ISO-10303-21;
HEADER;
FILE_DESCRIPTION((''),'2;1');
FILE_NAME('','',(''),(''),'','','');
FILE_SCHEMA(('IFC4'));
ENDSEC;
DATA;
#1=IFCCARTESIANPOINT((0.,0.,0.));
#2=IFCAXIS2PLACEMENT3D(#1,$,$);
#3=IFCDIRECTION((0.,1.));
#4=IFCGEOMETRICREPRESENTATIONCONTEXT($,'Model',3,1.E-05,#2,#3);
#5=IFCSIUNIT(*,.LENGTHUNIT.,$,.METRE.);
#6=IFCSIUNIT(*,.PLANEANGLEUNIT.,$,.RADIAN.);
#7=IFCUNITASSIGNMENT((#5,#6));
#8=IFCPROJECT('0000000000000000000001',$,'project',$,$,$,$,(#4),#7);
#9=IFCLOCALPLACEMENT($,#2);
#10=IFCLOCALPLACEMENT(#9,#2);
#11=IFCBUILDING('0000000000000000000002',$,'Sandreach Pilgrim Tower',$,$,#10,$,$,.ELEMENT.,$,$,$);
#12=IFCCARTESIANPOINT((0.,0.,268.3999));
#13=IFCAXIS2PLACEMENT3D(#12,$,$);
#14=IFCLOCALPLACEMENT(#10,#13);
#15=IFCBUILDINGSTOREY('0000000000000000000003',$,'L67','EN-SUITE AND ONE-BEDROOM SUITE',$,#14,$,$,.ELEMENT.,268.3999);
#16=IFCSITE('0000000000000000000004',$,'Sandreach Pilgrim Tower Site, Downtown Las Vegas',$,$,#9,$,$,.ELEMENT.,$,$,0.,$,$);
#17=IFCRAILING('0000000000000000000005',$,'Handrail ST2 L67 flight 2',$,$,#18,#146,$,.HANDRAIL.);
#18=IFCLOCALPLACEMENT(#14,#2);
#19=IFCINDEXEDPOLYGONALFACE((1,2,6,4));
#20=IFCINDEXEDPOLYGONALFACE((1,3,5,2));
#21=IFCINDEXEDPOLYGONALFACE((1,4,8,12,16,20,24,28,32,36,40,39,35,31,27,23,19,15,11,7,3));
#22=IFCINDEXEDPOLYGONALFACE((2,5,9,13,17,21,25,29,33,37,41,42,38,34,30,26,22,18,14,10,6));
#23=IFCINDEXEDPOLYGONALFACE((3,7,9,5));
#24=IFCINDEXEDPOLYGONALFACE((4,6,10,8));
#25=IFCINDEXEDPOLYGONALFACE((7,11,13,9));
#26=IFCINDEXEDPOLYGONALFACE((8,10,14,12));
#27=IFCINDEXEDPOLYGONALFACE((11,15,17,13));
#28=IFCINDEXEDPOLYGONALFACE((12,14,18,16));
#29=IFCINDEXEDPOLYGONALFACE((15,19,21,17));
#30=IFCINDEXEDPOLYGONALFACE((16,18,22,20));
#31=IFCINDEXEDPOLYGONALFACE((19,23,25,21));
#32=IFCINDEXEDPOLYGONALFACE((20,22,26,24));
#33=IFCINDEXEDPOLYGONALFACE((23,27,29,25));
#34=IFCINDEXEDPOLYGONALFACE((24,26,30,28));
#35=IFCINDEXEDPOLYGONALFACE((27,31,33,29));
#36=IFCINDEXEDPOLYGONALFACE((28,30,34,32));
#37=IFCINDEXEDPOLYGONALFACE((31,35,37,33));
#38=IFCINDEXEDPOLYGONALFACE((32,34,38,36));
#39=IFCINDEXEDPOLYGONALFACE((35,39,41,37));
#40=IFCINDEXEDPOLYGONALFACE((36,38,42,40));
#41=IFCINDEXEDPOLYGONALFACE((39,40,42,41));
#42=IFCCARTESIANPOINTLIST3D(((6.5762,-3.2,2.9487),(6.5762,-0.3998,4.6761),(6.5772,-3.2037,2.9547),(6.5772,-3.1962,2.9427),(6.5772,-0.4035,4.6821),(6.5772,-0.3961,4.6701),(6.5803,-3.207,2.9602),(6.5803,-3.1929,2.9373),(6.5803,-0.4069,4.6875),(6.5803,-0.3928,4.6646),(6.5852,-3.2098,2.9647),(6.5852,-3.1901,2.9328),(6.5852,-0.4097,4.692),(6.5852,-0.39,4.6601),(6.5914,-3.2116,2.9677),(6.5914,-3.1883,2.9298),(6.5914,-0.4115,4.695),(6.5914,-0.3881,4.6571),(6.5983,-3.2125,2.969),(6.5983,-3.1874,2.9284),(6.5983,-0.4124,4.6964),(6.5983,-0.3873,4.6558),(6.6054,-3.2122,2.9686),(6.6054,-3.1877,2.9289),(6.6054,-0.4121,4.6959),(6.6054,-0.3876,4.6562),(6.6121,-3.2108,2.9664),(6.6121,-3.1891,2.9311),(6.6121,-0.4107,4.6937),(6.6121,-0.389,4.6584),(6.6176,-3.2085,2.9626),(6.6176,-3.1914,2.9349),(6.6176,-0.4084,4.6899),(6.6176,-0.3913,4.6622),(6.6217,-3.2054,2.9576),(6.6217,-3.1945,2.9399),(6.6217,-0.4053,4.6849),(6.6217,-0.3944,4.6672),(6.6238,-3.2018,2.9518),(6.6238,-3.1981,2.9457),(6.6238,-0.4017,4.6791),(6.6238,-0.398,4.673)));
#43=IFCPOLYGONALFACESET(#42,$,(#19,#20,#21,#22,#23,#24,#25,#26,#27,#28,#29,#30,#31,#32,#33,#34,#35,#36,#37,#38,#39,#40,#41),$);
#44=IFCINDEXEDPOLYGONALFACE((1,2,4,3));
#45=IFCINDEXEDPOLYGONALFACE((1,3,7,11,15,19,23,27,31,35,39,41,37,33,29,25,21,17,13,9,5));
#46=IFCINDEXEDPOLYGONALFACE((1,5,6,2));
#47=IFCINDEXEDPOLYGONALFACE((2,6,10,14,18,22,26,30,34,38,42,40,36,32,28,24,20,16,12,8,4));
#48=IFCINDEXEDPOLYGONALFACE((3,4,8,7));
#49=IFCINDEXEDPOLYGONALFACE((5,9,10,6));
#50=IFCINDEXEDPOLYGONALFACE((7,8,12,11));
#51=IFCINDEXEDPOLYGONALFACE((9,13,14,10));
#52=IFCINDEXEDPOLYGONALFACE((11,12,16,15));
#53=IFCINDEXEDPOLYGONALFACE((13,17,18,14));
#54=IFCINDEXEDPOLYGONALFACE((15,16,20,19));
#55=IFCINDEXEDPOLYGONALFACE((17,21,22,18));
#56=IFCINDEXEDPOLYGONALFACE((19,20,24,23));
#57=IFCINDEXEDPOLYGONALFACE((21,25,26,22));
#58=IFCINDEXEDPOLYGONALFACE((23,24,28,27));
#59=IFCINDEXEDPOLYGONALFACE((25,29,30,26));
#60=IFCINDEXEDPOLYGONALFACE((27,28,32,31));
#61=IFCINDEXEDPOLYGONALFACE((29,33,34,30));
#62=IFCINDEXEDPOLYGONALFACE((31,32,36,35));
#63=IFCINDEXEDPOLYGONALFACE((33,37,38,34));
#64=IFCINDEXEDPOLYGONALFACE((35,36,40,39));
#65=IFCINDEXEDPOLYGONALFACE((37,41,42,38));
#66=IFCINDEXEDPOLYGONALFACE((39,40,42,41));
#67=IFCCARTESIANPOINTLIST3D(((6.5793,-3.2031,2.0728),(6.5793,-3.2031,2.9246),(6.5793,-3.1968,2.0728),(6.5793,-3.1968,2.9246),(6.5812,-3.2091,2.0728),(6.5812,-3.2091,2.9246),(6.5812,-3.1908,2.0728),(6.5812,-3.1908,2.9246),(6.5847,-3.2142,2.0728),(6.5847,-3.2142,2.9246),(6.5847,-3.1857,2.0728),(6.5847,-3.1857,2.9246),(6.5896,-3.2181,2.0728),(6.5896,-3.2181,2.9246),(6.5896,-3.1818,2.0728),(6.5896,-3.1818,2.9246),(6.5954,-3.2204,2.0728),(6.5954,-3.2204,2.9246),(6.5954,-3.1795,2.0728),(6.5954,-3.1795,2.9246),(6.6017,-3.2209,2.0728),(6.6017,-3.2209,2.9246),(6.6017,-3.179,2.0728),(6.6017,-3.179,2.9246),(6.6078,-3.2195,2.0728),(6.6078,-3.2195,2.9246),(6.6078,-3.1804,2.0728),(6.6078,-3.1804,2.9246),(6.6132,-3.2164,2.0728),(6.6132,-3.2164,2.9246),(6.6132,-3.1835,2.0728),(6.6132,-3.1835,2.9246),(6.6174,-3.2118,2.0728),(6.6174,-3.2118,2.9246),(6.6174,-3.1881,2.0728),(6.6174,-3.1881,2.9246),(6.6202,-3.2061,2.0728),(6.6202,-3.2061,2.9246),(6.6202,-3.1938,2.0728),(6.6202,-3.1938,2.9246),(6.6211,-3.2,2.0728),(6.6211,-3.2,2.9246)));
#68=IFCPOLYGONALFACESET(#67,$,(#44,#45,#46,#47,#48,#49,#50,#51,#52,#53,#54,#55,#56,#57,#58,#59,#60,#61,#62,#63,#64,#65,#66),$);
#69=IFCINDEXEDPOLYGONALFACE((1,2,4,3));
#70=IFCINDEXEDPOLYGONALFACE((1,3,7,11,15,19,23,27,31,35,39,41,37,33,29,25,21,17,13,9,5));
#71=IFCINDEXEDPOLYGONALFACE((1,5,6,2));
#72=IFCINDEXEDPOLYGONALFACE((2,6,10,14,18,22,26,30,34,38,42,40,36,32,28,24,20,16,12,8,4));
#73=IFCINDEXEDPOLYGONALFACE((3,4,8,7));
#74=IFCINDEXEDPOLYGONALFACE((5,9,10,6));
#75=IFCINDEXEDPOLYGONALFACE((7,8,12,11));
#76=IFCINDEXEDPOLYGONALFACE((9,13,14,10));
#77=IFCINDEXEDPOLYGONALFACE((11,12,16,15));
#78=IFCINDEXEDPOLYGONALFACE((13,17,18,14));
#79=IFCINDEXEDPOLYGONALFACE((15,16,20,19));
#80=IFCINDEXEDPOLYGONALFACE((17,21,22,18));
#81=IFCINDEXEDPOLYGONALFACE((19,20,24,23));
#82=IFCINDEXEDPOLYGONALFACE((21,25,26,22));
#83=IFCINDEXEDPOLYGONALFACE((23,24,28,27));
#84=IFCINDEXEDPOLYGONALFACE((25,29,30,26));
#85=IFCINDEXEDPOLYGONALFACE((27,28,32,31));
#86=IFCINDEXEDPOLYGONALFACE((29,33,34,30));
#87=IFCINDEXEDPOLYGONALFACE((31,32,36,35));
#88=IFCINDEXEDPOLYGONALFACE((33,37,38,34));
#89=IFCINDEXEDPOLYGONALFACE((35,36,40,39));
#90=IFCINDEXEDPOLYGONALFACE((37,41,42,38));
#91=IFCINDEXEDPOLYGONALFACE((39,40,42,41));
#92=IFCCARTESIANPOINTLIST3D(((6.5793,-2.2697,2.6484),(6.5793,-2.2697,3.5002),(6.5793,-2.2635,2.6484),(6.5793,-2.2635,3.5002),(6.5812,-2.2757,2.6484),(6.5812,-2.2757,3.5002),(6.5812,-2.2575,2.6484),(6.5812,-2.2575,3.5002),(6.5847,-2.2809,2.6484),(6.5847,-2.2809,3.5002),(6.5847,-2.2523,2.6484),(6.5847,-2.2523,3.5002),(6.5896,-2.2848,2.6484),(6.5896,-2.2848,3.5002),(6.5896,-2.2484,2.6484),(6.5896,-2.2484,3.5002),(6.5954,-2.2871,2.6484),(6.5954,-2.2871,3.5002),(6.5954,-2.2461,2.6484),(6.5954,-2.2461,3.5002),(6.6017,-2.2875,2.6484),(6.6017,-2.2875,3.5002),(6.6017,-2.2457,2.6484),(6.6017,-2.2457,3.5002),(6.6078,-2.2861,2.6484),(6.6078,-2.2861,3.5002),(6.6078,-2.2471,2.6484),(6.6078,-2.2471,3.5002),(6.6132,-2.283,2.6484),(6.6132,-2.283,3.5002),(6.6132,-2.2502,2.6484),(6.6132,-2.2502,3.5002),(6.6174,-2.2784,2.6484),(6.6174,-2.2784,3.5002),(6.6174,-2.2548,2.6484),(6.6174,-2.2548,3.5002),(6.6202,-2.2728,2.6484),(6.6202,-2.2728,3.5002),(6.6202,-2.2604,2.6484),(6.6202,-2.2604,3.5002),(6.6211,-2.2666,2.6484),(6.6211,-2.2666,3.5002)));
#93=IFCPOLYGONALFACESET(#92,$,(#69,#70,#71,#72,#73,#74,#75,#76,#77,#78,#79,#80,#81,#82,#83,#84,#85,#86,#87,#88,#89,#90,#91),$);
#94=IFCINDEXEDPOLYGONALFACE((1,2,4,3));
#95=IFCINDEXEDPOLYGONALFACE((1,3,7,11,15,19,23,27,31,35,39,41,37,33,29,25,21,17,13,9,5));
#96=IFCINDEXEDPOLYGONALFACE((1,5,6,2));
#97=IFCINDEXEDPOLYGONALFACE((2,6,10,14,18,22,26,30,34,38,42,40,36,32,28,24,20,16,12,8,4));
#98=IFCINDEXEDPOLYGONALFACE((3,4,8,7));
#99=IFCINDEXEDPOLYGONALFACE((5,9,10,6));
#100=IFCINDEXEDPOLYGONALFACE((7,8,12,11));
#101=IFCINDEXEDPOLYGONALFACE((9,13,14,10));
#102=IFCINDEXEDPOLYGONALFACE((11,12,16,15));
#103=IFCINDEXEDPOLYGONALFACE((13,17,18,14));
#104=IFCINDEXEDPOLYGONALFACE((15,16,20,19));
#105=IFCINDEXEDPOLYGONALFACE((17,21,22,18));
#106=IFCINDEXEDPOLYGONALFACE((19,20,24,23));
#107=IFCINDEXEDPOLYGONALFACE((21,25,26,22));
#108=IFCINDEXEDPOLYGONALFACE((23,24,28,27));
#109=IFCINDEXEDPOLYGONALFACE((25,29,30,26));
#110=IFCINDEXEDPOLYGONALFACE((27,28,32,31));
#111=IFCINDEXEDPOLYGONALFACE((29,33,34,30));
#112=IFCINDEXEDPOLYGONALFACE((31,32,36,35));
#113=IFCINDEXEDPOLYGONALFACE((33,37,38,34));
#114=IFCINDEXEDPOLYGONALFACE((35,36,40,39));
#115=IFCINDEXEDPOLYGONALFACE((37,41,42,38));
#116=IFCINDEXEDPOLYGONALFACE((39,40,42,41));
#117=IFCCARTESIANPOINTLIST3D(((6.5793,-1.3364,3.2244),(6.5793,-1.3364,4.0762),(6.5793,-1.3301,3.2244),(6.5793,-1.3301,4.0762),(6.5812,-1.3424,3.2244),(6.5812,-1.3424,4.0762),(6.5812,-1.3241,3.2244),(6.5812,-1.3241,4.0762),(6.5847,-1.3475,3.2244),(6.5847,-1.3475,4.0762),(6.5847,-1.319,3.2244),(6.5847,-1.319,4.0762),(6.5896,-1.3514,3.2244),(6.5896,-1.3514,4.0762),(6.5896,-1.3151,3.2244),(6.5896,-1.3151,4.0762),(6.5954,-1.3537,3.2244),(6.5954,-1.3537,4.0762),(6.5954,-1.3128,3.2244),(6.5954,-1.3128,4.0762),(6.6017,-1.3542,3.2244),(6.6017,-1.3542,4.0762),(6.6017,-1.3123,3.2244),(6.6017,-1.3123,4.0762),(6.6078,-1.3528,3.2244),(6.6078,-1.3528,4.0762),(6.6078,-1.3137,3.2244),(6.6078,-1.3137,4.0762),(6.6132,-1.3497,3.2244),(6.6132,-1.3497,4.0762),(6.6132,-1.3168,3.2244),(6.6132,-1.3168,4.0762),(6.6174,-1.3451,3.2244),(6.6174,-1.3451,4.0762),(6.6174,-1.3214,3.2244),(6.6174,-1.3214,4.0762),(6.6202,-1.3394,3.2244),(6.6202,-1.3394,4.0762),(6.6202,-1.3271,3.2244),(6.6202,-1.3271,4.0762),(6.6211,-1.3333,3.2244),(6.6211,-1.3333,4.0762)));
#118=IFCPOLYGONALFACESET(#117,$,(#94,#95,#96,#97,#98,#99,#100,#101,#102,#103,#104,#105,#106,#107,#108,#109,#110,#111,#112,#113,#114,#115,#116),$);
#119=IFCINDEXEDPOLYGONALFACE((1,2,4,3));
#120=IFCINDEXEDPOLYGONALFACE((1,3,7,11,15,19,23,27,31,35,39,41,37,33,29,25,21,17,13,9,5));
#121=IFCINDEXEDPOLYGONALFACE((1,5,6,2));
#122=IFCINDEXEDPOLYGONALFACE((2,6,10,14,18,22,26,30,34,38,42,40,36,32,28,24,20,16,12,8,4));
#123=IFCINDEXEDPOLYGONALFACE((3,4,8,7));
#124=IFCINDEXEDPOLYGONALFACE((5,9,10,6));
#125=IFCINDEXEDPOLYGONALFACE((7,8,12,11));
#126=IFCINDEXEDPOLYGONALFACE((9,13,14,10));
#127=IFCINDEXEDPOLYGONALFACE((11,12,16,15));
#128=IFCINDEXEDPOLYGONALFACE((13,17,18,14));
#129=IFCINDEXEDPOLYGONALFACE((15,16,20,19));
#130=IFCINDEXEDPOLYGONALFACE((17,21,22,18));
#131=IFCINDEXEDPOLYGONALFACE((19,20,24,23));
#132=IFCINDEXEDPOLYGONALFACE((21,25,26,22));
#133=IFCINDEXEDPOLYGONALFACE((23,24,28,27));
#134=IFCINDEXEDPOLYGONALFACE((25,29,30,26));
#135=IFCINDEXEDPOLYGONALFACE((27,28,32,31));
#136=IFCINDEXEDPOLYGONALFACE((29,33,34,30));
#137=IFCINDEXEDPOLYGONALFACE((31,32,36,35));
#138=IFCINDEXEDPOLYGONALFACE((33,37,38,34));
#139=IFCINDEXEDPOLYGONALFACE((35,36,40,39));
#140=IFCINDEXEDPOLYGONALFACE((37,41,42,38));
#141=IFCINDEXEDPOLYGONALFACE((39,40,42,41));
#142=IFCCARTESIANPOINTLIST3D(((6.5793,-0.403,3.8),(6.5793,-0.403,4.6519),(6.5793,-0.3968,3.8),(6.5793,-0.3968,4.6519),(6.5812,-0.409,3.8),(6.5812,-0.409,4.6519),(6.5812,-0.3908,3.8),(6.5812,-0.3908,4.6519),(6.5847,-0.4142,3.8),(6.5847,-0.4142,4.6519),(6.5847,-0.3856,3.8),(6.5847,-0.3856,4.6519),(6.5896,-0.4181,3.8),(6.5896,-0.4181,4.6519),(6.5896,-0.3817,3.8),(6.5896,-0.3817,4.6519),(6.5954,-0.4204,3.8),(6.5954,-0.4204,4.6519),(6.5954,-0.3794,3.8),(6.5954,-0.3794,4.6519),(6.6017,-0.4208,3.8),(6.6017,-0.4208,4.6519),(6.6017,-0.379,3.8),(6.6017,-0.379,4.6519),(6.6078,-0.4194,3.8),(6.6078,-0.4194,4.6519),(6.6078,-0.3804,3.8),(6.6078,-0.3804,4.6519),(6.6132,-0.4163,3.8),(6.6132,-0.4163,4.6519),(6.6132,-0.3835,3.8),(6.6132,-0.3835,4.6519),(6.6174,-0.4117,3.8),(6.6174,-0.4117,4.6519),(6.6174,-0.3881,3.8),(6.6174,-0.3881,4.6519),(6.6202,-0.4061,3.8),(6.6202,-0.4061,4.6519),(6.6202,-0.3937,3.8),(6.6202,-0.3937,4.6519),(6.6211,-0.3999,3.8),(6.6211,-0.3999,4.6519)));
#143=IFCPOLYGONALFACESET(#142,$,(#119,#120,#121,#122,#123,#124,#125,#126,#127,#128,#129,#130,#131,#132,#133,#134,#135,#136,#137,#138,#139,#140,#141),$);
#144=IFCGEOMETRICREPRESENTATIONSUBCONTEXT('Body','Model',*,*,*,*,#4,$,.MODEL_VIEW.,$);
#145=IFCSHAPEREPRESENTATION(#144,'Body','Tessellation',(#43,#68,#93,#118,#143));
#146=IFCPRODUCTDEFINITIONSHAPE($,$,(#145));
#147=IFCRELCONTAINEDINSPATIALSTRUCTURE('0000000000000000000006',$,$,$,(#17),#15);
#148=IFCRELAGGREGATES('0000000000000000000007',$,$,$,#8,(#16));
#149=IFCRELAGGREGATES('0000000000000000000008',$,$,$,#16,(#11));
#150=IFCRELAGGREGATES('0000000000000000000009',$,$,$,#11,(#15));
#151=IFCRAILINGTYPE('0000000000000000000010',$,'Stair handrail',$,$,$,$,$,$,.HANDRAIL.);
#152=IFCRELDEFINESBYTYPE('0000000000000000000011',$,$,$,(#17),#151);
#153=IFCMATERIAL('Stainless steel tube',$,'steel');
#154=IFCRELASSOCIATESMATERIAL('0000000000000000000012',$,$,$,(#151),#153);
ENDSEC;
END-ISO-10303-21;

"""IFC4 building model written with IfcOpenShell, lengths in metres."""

from ifc_helpers import new_model, si_unit, direction, frame, origin, origin_2d, place, context, subcontext, project, spatial, circle, extrude, material, type_object, element, save


model = new_model("IFC4")

# Units and contexts
model_context = context("Model", 3, precision=1e-05, world=origin(), true_north=direction((0.0, 1.0)))
body_context = subcontext(model_context, "Body", "Model", "MODEL_VIEW")
ifc_project = project(units=[si_unit("LENGTHUNIT", "METRE"), si_unit("PLANEANGLEUNIT", "RADIAN")], contexts=[model_context])

# Site, building, storey
site_placement = place(None, origin())
site = spatial("IfcSite", under=ifc_project, at=site_placement, Name="Sandreach Pilgrim Tower Site, Downtown Las Vegas", CompositionType="ELEMENT", RefElevation=0.0)
building_placement = place(site_placement, origin())
building = spatial("IfcBuilding", under=site, at=building_placement, Name="Sandreach Pilgrim Tower", CompositionType="ELEMENT")
storey_placement = place(building_placement, frame((0.0, 0.0, 268.3999)))
storey = spatial("IfcBuildingStorey", under=building, at=storey_placement, Name="L67", Description="EN-SUITE AND ONE-BEDROOM SUITE", CompositionType="ELEMENT", Elevation=268.3999)

# Railing
ifc_material_1 = material(Name="Stainless steel tube", Category="steel")
railing_type = type_object("IfcRailingType", Name="Stair handrail", PredefinedType="HANDRAIL", material=ifc_material_1)
for number, where, name in (
    (1, (6.6001, -3.2, 2.0728), "Handrail ST2 L67 flight 2"),
):
    element("IfcRailing", number, at=place(storey_placement, frame(where)), inside=storey, type_object=railing_type, Name=name, PredefinedType="HANDRAIL", context=body_context, shape_type="SweptSolid", body=[
        extrude(circle(Radius=0.0239, at=origin_2d()), frame((0.0, 0.0, 0.876), z_axis=(0.0, 0.85109, 0.52502), x_axis=(-1.0, 0.0, 0.0)), (0.0, 0.0, 1.0), 3.29),
        extrude(circle(Radius=0.021, at=origin_2d()), origin(), (0.0, 0.0, 1.0), 0.8518),
        extrude(circle(Radius=0.021, at=origin_2d()), frame((0.0, 0.9333, 0.5757)), (0.0, 0.0, 1.0), 0.8518),
        extrude(circle(Radius=0.021, at=origin_2d()), frame((0.0, 1.8667, 1.1516)), (0.0, 0.0, 1.0), 0.8518),
        extrude(circle(Radius=0.021, at=origin_2d()), frame((0.0, 2.8, 1.7273)), (0.0, 0.0, 1.0), 0.8518),
    ])

save(model, "model.ifc")
